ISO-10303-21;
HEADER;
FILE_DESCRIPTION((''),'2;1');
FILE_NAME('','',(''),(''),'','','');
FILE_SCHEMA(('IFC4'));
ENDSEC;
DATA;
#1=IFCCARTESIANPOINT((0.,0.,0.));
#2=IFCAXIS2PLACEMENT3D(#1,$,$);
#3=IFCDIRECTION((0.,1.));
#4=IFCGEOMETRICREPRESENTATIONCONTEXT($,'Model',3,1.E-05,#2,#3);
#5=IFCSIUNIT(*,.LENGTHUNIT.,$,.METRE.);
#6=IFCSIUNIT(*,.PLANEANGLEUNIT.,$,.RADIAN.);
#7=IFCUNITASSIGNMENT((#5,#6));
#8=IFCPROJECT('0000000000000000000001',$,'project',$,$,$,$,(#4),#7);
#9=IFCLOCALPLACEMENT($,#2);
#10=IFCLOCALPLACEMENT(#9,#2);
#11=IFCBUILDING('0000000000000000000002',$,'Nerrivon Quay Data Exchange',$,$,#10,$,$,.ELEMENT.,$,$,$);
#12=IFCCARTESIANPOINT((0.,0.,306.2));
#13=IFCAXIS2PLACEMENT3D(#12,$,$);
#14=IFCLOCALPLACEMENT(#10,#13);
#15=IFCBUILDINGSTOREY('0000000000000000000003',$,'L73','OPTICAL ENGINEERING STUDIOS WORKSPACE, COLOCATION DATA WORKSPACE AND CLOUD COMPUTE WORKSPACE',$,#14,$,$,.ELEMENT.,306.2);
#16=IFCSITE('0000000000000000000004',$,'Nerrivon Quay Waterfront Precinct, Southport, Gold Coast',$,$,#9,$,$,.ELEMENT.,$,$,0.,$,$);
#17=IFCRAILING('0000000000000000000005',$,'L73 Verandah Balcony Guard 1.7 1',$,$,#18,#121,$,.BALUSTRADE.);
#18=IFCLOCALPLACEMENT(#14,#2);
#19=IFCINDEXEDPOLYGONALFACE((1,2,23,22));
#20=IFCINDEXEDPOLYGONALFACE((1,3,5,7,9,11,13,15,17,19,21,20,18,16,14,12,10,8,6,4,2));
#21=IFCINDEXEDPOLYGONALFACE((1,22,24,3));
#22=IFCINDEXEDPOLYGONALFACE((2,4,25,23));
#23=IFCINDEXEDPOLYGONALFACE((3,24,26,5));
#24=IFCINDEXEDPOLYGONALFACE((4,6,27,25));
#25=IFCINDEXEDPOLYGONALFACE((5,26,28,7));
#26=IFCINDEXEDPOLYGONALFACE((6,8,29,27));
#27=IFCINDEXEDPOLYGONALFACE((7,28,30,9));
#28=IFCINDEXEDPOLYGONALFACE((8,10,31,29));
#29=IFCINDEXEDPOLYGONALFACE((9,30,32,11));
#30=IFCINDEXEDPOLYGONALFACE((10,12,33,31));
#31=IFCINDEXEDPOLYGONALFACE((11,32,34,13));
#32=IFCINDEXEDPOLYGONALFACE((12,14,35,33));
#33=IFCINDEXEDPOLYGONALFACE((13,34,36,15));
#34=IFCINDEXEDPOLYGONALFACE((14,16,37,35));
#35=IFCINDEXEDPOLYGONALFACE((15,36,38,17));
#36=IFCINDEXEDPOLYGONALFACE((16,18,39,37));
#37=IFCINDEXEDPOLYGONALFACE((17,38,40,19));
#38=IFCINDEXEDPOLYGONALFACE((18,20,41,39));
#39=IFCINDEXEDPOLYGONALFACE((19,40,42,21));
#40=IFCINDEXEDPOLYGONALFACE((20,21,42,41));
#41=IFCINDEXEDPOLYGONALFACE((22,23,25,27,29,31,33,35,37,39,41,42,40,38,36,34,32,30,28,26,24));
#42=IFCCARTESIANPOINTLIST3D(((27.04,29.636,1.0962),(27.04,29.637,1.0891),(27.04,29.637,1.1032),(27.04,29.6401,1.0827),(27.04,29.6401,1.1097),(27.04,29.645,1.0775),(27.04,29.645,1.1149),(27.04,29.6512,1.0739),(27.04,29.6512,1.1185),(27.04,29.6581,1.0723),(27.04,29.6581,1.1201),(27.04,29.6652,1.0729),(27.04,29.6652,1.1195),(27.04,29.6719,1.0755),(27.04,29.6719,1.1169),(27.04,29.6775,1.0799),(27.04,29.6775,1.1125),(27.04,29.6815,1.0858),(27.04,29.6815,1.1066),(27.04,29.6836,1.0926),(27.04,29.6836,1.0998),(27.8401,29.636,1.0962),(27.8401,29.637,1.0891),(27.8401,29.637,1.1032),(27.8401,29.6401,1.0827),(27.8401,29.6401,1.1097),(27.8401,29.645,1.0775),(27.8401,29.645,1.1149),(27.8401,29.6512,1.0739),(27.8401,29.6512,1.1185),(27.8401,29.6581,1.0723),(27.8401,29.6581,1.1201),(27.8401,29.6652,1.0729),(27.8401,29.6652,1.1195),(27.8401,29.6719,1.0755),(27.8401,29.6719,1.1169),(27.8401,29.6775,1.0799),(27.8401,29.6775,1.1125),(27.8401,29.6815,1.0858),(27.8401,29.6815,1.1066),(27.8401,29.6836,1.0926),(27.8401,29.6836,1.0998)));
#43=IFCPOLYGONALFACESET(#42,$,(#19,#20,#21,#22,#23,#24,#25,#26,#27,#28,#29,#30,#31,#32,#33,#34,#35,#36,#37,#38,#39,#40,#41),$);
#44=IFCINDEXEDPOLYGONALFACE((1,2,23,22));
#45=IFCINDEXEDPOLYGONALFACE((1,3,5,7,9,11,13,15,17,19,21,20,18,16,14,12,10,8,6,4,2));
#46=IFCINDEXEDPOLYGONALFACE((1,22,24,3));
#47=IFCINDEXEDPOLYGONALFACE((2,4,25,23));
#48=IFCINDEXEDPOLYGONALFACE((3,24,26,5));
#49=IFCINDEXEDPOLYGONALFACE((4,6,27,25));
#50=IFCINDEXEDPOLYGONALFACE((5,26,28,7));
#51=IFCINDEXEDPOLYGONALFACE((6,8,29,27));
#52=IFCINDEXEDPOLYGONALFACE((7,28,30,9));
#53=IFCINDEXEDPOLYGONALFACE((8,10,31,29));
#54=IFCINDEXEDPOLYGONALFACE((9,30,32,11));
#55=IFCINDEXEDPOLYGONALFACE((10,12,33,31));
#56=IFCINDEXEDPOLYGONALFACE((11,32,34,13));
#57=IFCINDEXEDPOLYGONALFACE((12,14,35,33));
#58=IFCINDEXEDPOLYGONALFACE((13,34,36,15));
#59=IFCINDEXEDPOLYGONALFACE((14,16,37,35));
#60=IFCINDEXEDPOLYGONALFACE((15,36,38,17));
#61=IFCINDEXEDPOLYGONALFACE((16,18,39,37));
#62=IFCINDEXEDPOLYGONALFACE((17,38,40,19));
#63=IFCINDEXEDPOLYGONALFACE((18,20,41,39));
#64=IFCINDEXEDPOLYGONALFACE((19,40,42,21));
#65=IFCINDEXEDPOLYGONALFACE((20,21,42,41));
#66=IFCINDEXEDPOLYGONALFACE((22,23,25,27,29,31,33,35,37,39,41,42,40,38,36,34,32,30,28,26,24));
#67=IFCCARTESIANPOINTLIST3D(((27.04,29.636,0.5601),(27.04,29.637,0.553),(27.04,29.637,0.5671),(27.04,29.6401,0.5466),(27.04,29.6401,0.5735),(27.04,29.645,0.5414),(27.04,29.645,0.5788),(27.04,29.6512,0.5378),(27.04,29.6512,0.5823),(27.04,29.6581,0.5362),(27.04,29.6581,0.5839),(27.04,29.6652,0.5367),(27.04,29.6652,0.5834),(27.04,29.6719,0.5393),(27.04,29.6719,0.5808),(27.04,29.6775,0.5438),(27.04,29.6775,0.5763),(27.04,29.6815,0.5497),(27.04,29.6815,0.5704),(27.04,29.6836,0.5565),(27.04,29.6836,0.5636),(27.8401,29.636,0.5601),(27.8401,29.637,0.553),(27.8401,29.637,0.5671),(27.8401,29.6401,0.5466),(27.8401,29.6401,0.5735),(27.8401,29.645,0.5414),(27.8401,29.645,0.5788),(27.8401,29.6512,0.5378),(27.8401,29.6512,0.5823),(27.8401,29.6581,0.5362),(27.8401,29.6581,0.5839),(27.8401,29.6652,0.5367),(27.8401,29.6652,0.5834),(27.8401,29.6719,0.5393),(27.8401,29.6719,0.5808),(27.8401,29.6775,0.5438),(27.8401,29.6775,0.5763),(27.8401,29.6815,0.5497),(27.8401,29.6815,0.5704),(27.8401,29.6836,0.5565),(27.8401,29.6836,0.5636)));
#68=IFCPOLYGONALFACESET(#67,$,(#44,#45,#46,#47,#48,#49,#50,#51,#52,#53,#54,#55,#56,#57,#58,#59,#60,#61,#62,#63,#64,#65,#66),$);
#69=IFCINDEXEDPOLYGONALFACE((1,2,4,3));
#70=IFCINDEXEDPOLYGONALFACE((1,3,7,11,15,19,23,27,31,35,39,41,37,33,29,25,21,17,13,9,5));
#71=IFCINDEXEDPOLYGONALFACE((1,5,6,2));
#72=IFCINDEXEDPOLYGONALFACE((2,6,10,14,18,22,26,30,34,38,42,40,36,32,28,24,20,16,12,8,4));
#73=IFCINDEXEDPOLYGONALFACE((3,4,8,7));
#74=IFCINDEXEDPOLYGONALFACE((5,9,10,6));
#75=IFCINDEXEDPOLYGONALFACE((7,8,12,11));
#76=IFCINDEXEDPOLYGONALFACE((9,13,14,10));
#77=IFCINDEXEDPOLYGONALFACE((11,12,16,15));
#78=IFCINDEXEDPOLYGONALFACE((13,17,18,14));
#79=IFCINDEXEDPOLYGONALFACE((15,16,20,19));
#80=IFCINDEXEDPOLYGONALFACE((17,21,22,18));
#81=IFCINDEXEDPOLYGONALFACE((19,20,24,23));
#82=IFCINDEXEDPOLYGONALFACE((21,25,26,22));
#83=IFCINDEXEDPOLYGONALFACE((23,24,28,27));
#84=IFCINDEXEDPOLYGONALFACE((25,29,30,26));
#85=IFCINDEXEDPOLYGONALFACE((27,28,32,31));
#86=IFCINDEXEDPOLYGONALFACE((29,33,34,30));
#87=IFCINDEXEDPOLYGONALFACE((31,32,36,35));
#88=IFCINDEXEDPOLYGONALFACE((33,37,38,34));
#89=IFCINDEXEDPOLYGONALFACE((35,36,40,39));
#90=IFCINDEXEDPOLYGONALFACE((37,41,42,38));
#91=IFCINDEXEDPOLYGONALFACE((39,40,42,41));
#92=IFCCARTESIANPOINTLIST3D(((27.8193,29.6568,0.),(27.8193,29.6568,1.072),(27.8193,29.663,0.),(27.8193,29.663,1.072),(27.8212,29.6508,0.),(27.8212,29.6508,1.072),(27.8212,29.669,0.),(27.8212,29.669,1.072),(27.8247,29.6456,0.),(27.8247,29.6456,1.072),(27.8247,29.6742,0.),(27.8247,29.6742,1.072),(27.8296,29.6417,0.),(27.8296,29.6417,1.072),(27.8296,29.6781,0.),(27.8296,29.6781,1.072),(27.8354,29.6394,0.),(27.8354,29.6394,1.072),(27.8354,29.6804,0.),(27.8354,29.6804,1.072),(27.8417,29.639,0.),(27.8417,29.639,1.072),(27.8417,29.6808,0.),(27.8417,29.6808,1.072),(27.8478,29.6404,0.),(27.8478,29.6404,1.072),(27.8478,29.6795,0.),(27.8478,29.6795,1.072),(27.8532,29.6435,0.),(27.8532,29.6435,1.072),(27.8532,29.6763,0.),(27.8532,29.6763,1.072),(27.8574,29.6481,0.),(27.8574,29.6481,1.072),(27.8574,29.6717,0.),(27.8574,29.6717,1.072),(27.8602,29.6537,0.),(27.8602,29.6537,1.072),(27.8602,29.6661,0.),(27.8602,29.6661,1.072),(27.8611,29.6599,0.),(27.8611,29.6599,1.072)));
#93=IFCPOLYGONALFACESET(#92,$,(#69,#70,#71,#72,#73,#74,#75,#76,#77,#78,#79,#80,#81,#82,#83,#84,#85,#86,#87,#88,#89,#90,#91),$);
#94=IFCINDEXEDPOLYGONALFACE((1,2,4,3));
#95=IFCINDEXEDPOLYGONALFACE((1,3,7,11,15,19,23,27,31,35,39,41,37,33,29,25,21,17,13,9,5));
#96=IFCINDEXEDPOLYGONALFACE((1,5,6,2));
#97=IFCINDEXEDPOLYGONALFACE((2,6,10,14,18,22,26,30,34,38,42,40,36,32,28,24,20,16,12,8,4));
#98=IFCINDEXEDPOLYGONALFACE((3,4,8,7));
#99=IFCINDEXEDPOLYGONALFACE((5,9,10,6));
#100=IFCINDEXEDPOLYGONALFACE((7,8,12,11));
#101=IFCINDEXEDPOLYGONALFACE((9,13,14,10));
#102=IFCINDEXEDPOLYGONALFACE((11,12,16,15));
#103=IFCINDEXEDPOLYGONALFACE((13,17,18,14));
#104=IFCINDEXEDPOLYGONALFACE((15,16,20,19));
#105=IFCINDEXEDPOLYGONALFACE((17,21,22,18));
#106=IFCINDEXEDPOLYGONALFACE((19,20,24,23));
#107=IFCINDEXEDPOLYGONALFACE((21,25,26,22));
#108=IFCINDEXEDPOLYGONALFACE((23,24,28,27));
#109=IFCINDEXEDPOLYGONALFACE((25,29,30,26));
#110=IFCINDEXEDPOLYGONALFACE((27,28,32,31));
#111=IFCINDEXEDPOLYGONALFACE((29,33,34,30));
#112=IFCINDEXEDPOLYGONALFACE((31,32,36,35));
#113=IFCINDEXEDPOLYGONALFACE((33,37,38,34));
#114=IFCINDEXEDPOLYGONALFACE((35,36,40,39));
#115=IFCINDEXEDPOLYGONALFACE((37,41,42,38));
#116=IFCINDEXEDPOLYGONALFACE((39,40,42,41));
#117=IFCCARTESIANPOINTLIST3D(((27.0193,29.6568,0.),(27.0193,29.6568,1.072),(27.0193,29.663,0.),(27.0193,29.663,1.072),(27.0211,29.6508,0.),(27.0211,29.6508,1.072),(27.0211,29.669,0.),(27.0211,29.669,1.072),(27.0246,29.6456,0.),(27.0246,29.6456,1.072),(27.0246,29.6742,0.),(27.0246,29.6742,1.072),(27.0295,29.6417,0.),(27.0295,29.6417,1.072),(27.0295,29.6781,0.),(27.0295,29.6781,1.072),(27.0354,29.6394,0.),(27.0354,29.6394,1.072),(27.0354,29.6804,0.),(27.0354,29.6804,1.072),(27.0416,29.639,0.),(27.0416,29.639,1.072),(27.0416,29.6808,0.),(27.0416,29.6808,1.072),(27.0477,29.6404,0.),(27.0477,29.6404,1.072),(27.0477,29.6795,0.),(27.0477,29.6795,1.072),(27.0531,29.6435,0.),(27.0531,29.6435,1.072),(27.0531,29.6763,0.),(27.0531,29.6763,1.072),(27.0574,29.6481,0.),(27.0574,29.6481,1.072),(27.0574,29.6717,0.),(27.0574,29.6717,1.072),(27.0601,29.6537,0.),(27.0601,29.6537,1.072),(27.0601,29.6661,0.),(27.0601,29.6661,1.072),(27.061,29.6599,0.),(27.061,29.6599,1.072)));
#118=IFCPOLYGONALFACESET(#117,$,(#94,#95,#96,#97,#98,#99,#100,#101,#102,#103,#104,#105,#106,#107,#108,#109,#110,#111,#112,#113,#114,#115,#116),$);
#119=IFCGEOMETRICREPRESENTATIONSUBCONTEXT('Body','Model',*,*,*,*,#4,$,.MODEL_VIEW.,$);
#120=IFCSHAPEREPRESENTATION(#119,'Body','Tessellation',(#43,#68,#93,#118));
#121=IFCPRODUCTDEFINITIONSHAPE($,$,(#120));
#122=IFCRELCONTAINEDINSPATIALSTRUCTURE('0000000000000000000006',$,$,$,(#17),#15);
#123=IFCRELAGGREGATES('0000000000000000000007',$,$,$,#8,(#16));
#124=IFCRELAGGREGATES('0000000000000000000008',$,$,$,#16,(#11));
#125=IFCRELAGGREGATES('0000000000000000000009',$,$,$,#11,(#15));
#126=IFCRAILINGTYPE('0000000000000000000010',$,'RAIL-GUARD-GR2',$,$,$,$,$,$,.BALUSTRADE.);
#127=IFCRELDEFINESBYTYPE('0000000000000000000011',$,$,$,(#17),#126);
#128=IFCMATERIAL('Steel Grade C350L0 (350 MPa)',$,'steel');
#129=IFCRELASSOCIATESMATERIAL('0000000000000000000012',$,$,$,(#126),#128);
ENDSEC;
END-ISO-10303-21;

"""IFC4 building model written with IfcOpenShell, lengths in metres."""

from ifc_helpers import new_model, si_unit, direction, frame, origin, origin_2d, place, context, subcontext, project, spatial, circle, extrude, material, type_object, element, save


model = new_model("IFC4")

# Units and contexts
model_context = context("Model", 3, precision=1e-05, world=origin(), true_north=direction((0.0, 1.0)))
body_context = subcontext(model_context, "Body", "Model", "MODEL_VIEW")
ifc_project = project(units=[si_unit("LENGTHUNIT", "METRE"), si_unit("PLANEANGLEUNIT", "RADIAN")], contexts=[model_context])

# Site, building, storey
site_placement = place(None, origin())
site = spatial("IfcSite", under=ifc_project, at=site_placement, Name="Nerrivon Quay Waterfront Precinct, Southport, Gold Coast", CompositionType="ELEMENT", RefElevation=0.0)
building_placement = place(site_placement, origin())
building = spatial("IfcBuilding", under=site, at=building_placement, Name="Nerrivon Quay Data Exchange", CompositionType="ELEMENT")
storey_placement = place(building_placement, frame((0.0, 0.0, 306.2)))
storey = spatial("IfcBuildingStorey", under=building, at=storey_placement, Name="L73", Description="OPTICAL ENGINEERING STUDIOS WORKSPACE, COLOCATION DATA WORKSPACE AND CLOUD COMPUTE WORKSPACE", CompositionType="ELEMENT", Elevation=306.2)

# Shared definitions
ifc_material_1 = material(Name="Steel Grade C350L0 (350 MPa)", Category="steel")

# Railing
railing_type = type_object("IfcRailingType", Name="RAIL-GUARD-GR2", PredefinedType="BALUSTRADE", material=ifc_material_1)
railing_1_placement = place(storey_placement, frame((27.8401, 29.6599, 0.0)))
element("IfcRailing", 1, at=railing_1_placement, inside=storey, type_object=railing_type, Name="L73 Verandah Balcony Guard 1.7 1", PredefinedType="BALUSTRADE", context=body_context, shape_type="SweptSolid", body=[
    extrude(circle(Radius=0.0239, at=origin_2d()), frame((0.0, 0.0, 1.0962), z_axis=(-1.0, 0.0, 0.0), x_axis=(0.0, -1.0, 0.0)), (0.0, 0.0, 1.0), 0.8),
    extrude(circle(Radius=0.0239, at=origin_2d()), frame((0.0, 0.0, 0.5601), z_axis=(-1.0, 0.0, 0.0), x_axis=(0.0, -1.0, 0.0)), (0.0, 0.0, 1.0), 0.8),
    extrude(circle(Radius=0.021, at=origin_2d()), origin(), (0.0, 0.0, 1.0), 1.072),
    extrude(circle(Radius=0.021, at=origin_2d()), frame((-0.8, 0.0, 0.0)), (0.0, 0.0, 1.0), 1.072),
])

save(model, "model.ifc")
